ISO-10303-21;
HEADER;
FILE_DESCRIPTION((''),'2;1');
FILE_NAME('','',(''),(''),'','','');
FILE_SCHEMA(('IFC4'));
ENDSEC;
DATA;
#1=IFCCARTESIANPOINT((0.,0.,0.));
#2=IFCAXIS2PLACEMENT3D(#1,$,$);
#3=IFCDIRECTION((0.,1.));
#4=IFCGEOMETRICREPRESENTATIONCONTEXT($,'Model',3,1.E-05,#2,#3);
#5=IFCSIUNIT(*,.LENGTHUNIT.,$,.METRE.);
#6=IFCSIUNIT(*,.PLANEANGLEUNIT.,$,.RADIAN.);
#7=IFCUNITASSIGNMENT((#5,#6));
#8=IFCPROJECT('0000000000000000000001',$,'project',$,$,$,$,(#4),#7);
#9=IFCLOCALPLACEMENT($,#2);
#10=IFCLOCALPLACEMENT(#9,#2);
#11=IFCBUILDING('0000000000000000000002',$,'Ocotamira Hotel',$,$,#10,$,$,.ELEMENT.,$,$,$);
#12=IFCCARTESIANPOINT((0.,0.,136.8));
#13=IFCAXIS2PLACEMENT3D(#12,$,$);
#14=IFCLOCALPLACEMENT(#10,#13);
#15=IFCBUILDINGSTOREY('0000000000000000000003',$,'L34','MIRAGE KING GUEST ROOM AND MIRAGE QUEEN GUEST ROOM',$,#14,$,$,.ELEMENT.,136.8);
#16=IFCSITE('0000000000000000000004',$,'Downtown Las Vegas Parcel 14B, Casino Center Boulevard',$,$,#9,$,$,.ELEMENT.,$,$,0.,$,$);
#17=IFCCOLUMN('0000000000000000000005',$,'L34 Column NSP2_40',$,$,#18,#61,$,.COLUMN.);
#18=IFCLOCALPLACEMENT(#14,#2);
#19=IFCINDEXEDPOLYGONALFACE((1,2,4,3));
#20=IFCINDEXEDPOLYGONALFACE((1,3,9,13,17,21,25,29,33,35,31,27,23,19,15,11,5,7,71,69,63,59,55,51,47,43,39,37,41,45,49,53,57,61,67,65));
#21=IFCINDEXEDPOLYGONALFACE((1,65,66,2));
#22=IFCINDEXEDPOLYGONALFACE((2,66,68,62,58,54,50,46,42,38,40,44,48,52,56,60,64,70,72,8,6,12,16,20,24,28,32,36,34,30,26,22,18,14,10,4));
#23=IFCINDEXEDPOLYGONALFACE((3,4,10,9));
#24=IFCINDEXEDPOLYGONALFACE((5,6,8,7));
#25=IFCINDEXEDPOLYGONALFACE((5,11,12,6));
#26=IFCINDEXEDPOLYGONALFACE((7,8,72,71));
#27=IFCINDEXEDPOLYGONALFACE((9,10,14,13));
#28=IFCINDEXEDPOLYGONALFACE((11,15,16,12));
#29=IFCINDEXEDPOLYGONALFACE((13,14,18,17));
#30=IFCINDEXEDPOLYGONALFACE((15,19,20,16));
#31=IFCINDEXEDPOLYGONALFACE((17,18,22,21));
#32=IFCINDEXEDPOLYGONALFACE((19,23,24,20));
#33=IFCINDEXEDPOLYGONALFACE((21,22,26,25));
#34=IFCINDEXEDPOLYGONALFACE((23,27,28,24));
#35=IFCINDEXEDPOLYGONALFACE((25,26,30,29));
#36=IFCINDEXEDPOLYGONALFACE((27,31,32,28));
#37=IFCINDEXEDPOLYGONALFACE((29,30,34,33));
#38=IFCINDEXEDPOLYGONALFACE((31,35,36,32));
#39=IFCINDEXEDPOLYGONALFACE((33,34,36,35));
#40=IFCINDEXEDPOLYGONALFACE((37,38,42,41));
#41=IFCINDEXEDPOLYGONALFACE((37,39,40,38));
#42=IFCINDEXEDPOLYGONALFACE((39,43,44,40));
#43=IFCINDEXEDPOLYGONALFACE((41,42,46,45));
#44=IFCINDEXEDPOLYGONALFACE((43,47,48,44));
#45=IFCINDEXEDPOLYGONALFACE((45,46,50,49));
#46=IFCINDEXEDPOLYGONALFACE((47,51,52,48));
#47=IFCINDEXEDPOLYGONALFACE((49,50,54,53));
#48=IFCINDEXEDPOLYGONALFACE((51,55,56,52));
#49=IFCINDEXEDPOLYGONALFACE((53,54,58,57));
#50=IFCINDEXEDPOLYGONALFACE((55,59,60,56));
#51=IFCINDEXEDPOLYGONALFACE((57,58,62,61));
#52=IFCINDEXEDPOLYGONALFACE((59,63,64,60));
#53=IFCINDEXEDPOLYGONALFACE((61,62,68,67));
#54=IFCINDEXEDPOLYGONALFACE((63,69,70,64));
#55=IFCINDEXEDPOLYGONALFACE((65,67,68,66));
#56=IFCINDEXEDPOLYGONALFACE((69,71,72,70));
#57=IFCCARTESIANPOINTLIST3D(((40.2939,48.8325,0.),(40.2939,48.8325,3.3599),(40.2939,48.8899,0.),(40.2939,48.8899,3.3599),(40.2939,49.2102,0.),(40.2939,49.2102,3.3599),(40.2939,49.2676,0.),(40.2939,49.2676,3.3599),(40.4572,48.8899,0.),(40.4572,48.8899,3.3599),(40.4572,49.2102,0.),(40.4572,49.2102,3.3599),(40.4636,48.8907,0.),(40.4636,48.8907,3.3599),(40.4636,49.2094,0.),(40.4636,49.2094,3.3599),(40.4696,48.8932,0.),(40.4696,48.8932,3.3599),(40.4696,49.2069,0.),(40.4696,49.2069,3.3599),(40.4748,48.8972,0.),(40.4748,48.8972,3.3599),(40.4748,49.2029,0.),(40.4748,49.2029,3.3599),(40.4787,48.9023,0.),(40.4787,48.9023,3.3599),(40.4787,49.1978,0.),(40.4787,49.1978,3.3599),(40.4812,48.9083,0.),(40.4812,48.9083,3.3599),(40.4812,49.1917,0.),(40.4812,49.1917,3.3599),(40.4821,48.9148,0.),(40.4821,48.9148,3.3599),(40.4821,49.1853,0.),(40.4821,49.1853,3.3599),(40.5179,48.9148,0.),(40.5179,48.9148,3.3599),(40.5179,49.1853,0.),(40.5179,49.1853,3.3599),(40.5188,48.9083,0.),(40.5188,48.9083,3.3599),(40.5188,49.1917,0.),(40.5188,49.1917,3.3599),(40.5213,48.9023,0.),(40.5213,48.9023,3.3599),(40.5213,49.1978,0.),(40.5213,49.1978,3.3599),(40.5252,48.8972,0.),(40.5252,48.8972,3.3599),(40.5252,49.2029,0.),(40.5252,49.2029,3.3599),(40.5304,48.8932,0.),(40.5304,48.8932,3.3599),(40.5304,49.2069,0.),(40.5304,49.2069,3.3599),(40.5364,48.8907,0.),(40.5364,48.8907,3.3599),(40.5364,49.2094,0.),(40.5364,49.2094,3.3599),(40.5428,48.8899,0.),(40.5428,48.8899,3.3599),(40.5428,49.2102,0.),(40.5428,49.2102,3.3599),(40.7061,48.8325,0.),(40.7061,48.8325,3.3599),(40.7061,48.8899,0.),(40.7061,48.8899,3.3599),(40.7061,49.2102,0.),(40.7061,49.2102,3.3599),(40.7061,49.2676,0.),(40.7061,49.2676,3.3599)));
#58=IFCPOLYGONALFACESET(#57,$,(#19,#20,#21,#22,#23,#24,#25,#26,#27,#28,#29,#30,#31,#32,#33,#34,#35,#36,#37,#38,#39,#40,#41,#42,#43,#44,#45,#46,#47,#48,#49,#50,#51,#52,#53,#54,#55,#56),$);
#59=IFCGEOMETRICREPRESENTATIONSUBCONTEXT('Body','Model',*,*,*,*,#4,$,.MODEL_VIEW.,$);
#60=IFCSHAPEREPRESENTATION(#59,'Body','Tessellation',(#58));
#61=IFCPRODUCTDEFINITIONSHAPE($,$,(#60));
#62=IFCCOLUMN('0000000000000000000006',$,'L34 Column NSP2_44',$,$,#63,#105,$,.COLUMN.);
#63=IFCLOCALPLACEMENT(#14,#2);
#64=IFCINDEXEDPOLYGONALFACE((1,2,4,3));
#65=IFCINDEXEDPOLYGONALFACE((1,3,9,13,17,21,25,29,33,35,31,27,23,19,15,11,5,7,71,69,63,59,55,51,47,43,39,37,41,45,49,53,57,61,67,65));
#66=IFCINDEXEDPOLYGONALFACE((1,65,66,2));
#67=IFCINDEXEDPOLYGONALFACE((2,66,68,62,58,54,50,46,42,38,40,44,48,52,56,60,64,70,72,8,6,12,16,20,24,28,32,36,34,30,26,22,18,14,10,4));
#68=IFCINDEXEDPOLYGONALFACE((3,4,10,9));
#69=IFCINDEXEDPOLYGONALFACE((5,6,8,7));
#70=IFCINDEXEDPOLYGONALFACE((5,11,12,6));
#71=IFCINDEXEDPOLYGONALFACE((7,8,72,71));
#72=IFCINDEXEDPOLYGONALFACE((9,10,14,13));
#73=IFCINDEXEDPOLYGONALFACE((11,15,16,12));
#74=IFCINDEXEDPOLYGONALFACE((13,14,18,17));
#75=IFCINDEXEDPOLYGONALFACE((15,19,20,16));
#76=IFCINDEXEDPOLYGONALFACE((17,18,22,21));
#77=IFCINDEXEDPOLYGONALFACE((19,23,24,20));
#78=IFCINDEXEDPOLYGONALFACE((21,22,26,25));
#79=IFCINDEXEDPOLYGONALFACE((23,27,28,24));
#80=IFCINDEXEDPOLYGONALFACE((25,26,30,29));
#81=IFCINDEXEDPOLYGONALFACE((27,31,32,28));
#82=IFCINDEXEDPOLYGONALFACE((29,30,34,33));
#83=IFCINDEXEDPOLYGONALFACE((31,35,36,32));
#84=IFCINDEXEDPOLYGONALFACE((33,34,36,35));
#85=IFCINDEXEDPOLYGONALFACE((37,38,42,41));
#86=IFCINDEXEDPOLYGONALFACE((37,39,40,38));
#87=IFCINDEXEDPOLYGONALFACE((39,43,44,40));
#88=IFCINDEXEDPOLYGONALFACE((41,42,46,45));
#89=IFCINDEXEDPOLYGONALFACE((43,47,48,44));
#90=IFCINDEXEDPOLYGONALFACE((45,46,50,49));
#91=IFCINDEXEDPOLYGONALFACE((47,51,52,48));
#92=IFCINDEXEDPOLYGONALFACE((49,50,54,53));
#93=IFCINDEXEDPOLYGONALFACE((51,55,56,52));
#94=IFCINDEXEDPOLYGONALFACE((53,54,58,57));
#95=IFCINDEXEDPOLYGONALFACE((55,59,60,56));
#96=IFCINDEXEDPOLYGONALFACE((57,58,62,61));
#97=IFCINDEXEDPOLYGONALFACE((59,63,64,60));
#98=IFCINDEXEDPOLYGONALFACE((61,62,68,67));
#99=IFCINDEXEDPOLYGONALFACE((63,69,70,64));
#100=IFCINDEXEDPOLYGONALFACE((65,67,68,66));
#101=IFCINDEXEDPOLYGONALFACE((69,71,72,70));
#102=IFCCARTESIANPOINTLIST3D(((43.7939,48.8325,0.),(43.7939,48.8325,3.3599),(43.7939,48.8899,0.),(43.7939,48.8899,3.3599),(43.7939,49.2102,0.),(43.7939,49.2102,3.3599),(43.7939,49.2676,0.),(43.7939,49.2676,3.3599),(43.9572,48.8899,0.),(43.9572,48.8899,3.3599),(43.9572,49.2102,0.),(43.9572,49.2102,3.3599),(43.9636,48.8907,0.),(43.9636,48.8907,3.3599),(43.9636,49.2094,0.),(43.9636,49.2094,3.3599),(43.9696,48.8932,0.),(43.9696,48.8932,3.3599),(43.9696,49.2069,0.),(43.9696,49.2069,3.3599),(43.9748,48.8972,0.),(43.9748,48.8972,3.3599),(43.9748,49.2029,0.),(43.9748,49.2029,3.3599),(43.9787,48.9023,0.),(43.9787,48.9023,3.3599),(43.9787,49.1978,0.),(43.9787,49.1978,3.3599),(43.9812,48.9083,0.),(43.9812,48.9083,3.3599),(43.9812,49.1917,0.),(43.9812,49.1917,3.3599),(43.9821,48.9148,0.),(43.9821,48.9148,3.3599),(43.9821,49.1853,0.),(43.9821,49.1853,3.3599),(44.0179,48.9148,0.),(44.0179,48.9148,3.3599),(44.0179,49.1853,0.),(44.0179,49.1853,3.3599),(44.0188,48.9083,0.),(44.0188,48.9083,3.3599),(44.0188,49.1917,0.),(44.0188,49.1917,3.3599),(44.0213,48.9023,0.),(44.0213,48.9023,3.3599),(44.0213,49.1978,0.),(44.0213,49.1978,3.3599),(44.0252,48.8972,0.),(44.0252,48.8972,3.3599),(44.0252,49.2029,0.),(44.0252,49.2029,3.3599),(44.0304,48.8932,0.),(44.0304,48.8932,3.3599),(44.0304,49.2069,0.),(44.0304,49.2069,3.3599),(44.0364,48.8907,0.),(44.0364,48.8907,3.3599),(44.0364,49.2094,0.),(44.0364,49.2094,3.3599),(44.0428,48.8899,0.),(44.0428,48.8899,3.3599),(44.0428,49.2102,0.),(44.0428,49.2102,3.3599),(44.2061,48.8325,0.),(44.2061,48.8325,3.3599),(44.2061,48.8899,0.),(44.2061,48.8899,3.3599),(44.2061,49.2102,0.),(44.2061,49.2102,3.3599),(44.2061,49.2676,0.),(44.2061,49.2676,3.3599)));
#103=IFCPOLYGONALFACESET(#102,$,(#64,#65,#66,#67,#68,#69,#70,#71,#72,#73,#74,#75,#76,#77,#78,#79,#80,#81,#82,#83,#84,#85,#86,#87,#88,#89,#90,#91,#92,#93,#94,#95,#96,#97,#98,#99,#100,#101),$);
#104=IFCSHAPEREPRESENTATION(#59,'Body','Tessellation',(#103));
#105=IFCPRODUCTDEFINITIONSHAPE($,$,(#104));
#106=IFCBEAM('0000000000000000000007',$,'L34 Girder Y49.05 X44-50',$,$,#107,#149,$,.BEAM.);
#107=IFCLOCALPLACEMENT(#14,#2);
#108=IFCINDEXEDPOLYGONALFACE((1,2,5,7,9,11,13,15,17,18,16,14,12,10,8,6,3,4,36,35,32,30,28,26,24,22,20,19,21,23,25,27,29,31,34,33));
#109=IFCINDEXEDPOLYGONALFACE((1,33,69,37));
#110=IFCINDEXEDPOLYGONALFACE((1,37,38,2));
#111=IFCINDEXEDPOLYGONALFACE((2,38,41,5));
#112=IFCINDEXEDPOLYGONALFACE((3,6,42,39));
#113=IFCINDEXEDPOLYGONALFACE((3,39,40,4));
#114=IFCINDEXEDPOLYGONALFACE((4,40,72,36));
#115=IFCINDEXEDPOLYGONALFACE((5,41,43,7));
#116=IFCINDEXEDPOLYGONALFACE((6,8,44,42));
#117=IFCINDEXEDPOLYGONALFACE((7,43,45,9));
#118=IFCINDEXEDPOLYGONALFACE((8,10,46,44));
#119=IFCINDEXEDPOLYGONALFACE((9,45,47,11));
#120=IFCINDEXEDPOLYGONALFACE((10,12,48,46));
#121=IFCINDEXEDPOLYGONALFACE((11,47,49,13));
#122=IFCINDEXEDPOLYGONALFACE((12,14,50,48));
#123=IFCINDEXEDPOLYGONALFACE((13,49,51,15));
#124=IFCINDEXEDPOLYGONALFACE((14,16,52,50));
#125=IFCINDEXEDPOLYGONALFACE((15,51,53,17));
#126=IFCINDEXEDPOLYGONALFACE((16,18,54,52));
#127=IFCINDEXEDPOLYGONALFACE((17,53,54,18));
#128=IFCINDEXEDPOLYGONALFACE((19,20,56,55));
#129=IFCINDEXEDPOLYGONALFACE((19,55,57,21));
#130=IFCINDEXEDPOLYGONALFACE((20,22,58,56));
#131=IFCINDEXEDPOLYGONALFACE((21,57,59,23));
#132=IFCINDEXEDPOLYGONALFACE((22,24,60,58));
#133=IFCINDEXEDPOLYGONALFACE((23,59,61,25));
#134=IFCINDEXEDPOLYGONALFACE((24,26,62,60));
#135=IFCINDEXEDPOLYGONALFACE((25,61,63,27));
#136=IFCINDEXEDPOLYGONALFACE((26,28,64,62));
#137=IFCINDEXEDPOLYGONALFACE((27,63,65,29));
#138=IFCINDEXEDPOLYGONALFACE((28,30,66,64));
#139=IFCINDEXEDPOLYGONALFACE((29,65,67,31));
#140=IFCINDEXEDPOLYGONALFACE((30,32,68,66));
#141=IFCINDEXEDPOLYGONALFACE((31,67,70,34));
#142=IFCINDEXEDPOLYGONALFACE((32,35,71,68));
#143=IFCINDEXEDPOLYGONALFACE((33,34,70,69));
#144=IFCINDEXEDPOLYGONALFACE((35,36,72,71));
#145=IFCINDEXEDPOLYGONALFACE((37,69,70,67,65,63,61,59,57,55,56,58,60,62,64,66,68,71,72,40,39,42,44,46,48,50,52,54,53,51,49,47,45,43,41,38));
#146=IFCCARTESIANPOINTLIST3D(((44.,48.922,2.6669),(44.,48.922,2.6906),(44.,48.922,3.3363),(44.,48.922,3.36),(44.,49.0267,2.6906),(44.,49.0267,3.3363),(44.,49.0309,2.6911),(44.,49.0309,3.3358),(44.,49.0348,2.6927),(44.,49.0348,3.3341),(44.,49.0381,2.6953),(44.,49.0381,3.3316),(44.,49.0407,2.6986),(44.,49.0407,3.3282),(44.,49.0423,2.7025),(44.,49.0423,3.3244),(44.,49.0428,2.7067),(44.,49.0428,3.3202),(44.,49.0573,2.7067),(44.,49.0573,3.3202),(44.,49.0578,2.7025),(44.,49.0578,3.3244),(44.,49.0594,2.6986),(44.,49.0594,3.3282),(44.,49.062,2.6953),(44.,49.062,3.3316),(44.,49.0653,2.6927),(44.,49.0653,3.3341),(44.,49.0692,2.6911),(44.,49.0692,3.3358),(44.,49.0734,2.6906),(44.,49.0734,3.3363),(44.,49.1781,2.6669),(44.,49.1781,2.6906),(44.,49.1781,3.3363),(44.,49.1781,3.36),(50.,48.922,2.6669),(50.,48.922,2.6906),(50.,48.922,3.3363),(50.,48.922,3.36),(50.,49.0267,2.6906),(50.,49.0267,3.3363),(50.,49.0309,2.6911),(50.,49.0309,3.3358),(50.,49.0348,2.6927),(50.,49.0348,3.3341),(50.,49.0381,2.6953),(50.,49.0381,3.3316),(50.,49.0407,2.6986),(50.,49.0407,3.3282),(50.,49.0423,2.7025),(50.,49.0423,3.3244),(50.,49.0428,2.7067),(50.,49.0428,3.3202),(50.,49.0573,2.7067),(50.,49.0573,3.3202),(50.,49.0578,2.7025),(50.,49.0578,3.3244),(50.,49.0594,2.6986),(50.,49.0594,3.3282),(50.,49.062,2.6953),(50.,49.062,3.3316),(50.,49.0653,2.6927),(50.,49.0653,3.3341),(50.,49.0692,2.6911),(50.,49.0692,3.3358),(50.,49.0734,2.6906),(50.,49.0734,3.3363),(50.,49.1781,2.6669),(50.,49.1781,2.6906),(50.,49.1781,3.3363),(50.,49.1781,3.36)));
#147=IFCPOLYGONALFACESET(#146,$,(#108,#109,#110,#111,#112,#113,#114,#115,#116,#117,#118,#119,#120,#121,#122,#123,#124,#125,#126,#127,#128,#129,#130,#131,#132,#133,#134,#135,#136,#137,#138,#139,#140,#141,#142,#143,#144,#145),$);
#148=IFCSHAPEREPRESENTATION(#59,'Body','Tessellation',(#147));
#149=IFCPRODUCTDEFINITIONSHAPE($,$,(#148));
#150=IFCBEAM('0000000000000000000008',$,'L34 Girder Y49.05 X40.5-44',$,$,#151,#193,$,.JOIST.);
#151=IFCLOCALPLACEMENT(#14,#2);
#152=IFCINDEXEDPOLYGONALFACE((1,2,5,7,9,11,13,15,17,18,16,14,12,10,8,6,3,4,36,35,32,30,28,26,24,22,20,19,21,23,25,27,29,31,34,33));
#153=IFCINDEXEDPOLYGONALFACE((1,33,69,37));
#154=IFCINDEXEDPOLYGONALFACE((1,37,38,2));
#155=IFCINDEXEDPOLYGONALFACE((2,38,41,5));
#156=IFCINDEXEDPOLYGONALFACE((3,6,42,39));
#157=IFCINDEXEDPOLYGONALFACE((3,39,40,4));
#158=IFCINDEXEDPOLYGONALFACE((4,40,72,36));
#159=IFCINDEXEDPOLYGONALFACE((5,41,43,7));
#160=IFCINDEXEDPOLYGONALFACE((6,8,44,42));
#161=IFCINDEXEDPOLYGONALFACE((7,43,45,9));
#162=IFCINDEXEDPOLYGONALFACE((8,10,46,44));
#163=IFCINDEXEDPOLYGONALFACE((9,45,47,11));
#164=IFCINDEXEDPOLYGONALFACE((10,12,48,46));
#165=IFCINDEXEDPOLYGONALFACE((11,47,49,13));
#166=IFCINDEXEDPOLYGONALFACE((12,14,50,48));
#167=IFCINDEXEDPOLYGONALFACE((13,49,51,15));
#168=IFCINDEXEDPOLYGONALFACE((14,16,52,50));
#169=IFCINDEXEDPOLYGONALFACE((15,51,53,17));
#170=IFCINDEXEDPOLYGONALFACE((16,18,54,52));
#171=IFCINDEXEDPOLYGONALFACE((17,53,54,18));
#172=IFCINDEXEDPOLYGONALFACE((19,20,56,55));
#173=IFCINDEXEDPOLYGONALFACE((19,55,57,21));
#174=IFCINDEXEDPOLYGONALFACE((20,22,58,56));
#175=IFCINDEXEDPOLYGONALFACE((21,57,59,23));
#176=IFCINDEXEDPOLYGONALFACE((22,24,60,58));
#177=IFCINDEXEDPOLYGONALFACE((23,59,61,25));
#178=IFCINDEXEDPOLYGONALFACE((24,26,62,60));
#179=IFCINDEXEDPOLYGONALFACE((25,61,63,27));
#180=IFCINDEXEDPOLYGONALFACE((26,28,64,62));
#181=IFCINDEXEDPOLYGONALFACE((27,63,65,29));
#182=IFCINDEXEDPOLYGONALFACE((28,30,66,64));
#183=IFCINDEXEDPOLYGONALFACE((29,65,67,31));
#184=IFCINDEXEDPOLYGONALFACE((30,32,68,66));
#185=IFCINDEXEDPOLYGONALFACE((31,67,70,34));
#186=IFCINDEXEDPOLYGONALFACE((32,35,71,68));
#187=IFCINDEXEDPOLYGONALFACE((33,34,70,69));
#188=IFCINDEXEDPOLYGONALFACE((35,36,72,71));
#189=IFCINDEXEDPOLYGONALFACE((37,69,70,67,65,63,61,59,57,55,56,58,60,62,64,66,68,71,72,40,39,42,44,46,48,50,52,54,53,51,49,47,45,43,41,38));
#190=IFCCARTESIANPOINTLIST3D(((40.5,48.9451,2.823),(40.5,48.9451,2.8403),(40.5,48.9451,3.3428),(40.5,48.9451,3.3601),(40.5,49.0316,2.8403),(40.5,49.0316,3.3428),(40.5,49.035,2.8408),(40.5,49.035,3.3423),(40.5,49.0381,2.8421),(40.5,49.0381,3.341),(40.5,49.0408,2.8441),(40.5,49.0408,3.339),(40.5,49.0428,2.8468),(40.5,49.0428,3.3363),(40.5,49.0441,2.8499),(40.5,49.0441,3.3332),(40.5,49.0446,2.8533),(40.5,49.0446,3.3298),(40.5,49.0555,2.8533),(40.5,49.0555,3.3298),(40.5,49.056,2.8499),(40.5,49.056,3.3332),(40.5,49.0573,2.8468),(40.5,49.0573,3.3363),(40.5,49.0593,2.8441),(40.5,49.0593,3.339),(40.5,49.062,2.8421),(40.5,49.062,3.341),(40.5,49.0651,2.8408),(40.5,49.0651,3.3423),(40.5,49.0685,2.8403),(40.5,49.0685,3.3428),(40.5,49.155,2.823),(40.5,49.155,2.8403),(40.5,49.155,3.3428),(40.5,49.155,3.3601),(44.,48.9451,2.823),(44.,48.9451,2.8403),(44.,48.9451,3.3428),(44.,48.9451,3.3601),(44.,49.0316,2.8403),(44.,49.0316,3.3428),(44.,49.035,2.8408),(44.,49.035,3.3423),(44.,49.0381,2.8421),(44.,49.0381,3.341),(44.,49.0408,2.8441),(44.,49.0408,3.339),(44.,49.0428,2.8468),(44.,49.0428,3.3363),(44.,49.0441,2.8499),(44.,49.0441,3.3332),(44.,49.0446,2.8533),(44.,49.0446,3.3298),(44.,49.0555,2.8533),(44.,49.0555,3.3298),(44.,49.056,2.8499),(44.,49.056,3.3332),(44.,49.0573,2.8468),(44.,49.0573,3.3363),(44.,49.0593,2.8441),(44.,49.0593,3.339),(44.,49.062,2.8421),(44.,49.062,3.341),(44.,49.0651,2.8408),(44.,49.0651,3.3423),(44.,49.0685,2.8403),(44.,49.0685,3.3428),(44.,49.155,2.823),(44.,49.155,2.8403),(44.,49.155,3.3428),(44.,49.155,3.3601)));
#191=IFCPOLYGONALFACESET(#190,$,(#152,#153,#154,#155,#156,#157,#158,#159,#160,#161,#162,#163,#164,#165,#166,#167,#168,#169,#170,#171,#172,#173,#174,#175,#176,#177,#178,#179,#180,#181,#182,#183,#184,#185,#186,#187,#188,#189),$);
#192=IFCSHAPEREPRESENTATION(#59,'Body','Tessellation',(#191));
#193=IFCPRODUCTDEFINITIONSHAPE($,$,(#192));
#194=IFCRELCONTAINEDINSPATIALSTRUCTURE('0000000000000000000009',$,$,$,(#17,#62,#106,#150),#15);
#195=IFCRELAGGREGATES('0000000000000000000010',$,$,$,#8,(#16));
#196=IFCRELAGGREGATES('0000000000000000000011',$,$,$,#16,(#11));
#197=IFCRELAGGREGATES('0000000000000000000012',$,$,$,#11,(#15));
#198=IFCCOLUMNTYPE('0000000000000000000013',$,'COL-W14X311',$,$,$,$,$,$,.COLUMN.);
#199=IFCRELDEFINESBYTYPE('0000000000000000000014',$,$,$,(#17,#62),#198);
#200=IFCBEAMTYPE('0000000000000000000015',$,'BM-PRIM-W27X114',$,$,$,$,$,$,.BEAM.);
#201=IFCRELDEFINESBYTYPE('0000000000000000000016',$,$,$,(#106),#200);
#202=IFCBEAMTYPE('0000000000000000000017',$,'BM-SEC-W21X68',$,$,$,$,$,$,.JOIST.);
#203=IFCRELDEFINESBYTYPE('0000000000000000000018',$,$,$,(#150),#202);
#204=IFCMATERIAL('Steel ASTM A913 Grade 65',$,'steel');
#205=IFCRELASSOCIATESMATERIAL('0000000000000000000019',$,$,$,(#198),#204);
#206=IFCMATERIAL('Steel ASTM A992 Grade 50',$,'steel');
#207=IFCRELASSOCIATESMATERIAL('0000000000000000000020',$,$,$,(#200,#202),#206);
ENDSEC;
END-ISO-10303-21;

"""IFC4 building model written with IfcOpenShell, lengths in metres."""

from ifc_helpers import new_model, si_unit, direction, frame, origin, origin_2d, place, context, subcontext, project, spatial, i_section, extrude, source, transform, mapped, material, material_profile, profile_set, type_object, element, save


model = new_model("IFC4")

# Units and contexts
model_context = context("Model", 3, precision=1e-05, world=origin(), true_north=direction((0.0, 1.0)))
body_context = subcontext(model_context, "Body", "Model", "MODEL_VIEW")
ifc_project = project(units=[si_unit("LENGTHUNIT", "METRE"), si_unit("PLANEANGLEUNIT", "RADIAN")], contexts=[model_context])

# Site, building, storey
site_placement = place(None, origin())
site = spatial("IfcSite", under=ifc_project, at=site_placement, Name="Downtown Las Vegas Parcel 14B, Casino Center Boulevard", CompositionType="ELEMENT", RefElevation=0.0)
building_placement = place(site_placement, origin())
building = spatial("IfcBuilding", under=site, at=building_placement, Name="Ocotamira Hotel", CompositionType="ELEMENT")
storey_placement = place(building_placement, frame((0.0, 0.0, 136.8)))
storey = spatial("IfcBuildingStorey", under=building, at=storey_placement, Name="L34", Description="MIRAGE KING GUEST ROOM AND MIRAGE QUEEN GUEST ROOM", CompositionType="ELEMENT", Elevation=136.8)

# Columns
ifc_material_1 = material(Name="Steel ASTM A913 Grade 65", Category="steel")
ifc_material_profile_1 = material_profile(ifc_material_1, i_section(OverallWidth=0.4121, OverallDepth=0.4351, WebThickness=0.0359, FlangeThickness=0.0574, FilletRadius=0.0249, at=origin_2d()), Name="W14X311")
ifc_profile_set_1 = profile_set([ifc_material_profile_1], Name="Steel ASTM A913 Grade 65")
column_type = type_object("IfcColumnType", Name="COL-W14X311", PredefinedType="COLUMN", material=ifc_profile_set_1)
shared_shape_1 = source(origin(), body_context, "Body", "SweptSolid", [
    extrude(i_section(OverallWidth=0.4121, OverallDepth=0.4351, WebThickness=0.0359, FlangeThickness=0.0574, FilletRadius=0.0249, at=origin_2d()), origin(), (0.0, 0.0, 1.0), 3.3599),
])
for number, where, z_axis, x_axis, name in (
    (1, (40.5, 49.05, 0.0), (0.0, 0.0, 1.0), (1.0, 0.0, 0.0), "L34 Column NSP2_40"),
    (2, (44.0, 49.05, 0.0), (0.0, 0.0, 1.0), (1.0, 0.0, 0.0), "L34 Column NSP2_44"),
):
    element("IfcColumn", number, at=place(storey_placement, frame(where, z_axis=z_axis, x_axis=x_axis)), inside=storey, type_object=column_type, Name=name, PredefinedType="COLUMN", context=body_context, shape_type="MappedRepresentation", body=[
        mapped(shared_shape_1, transform((0.0, 0.0, 0.0), scale=1.0)),
    ])

# Beams
ifc_material_2 = material(Name="Steel ASTM A992 Grade 50", Category="steel")
ifc_material_profile_2 = material_profile(ifc_material_2, i_section(OverallWidth=0.2561, OverallDepth=0.6931, WebThickness=0.0144, FlangeThickness=0.0237, FilletRadius=0.0161, at=origin_2d()), Name="W27X114")
ifc_profile_set_2 = profile_set([ifc_material_profile_2], Name="Steel ASTM A992 Grade 50")
beam_type_1 = type_object("IfcBeamType", Name="BM-PRIM-W27X114", PredefinedType="BEAM", material=ifc_profile_set_2)
shared_shape_2 = source(origin(), body_context, "Body", "SweptSolid", [
    extrude(i_section(OverallWidth=0.2561, OverallDepth=0.6931, WebThickness=0.0144, FlangeThickness=0.0237, FilletRadius=0.0161, at=origin_2d()), origin(), (0.0, 0.0, 1.0), 6.0),
])
beam_1_placement = place(storey_placement, frame((44.0, 49.05, 3.0134), z_axis=(1.0, 0.0, 0.0), x_axis=(0.0, 1.0, 0.0)))
element("IfcBeam", 3, at=beam_1_placement, inside=storey, type_object=beam_type_1, Name="L34 Girder Y49.05 X44-50", PredefinedType="BEAM", context=body_context, shape_type="MappedRepresentation", body=[
    mapped(shared_shape_2, transform((0.0, 0.0, 0.0), scale=1.0)),
])
ifc_material_profile_3 = material_profile(ifc_material_2, i_section(OverallWidth=0.21, OverallDepth=0.5371, WebThickness=0.011, FlangeThickness=0.0173, FilletRadius=0.0129, at=origin_2d()), Name="W21X68")
ifc_profile_set_3 = profile_set([ifc_material_profile_3], Name="Steel ASTM A992 Grade 50")
beam_type_2 = type_object("IfcBeamType", Name="BM-SEC-W21X68", PredefinedType="JOIST", material=ifc_profile_set_3)
shared_shape_3 = source(origin(), body_context, "Body", "SweptSolid", [
    extrude(i_section(OverallWidth=0.21, OverallDepth=0.5371, WebThickness=0.011, FlangeThickness=0.0173, FilletRadius=0.0129, at=origin_2d()), origin(), (0.0, 0.0, 1.0), 3.5),
])
beam_2_placement = place(storey_placement, frame((40.5, 49.05, 3.0916), z_axis=(1.0, 0.0, 0.0), x_axis=(0.0, 1.0, 0.0)))
element("IfcBeam", 4, at=beam_2_placement, inside=storey, type_object=beam_type_2, Name="L34 Girder Y49.05 X40.5-44", PredefinedType="JOIST", context=body_context, shape_type="MappedRepresentation", body=[
    mapped(shared_shape_3, transform((0.0, 0.0, 0.0), scale=1.0)),
])

save(model, "model.ifc")
